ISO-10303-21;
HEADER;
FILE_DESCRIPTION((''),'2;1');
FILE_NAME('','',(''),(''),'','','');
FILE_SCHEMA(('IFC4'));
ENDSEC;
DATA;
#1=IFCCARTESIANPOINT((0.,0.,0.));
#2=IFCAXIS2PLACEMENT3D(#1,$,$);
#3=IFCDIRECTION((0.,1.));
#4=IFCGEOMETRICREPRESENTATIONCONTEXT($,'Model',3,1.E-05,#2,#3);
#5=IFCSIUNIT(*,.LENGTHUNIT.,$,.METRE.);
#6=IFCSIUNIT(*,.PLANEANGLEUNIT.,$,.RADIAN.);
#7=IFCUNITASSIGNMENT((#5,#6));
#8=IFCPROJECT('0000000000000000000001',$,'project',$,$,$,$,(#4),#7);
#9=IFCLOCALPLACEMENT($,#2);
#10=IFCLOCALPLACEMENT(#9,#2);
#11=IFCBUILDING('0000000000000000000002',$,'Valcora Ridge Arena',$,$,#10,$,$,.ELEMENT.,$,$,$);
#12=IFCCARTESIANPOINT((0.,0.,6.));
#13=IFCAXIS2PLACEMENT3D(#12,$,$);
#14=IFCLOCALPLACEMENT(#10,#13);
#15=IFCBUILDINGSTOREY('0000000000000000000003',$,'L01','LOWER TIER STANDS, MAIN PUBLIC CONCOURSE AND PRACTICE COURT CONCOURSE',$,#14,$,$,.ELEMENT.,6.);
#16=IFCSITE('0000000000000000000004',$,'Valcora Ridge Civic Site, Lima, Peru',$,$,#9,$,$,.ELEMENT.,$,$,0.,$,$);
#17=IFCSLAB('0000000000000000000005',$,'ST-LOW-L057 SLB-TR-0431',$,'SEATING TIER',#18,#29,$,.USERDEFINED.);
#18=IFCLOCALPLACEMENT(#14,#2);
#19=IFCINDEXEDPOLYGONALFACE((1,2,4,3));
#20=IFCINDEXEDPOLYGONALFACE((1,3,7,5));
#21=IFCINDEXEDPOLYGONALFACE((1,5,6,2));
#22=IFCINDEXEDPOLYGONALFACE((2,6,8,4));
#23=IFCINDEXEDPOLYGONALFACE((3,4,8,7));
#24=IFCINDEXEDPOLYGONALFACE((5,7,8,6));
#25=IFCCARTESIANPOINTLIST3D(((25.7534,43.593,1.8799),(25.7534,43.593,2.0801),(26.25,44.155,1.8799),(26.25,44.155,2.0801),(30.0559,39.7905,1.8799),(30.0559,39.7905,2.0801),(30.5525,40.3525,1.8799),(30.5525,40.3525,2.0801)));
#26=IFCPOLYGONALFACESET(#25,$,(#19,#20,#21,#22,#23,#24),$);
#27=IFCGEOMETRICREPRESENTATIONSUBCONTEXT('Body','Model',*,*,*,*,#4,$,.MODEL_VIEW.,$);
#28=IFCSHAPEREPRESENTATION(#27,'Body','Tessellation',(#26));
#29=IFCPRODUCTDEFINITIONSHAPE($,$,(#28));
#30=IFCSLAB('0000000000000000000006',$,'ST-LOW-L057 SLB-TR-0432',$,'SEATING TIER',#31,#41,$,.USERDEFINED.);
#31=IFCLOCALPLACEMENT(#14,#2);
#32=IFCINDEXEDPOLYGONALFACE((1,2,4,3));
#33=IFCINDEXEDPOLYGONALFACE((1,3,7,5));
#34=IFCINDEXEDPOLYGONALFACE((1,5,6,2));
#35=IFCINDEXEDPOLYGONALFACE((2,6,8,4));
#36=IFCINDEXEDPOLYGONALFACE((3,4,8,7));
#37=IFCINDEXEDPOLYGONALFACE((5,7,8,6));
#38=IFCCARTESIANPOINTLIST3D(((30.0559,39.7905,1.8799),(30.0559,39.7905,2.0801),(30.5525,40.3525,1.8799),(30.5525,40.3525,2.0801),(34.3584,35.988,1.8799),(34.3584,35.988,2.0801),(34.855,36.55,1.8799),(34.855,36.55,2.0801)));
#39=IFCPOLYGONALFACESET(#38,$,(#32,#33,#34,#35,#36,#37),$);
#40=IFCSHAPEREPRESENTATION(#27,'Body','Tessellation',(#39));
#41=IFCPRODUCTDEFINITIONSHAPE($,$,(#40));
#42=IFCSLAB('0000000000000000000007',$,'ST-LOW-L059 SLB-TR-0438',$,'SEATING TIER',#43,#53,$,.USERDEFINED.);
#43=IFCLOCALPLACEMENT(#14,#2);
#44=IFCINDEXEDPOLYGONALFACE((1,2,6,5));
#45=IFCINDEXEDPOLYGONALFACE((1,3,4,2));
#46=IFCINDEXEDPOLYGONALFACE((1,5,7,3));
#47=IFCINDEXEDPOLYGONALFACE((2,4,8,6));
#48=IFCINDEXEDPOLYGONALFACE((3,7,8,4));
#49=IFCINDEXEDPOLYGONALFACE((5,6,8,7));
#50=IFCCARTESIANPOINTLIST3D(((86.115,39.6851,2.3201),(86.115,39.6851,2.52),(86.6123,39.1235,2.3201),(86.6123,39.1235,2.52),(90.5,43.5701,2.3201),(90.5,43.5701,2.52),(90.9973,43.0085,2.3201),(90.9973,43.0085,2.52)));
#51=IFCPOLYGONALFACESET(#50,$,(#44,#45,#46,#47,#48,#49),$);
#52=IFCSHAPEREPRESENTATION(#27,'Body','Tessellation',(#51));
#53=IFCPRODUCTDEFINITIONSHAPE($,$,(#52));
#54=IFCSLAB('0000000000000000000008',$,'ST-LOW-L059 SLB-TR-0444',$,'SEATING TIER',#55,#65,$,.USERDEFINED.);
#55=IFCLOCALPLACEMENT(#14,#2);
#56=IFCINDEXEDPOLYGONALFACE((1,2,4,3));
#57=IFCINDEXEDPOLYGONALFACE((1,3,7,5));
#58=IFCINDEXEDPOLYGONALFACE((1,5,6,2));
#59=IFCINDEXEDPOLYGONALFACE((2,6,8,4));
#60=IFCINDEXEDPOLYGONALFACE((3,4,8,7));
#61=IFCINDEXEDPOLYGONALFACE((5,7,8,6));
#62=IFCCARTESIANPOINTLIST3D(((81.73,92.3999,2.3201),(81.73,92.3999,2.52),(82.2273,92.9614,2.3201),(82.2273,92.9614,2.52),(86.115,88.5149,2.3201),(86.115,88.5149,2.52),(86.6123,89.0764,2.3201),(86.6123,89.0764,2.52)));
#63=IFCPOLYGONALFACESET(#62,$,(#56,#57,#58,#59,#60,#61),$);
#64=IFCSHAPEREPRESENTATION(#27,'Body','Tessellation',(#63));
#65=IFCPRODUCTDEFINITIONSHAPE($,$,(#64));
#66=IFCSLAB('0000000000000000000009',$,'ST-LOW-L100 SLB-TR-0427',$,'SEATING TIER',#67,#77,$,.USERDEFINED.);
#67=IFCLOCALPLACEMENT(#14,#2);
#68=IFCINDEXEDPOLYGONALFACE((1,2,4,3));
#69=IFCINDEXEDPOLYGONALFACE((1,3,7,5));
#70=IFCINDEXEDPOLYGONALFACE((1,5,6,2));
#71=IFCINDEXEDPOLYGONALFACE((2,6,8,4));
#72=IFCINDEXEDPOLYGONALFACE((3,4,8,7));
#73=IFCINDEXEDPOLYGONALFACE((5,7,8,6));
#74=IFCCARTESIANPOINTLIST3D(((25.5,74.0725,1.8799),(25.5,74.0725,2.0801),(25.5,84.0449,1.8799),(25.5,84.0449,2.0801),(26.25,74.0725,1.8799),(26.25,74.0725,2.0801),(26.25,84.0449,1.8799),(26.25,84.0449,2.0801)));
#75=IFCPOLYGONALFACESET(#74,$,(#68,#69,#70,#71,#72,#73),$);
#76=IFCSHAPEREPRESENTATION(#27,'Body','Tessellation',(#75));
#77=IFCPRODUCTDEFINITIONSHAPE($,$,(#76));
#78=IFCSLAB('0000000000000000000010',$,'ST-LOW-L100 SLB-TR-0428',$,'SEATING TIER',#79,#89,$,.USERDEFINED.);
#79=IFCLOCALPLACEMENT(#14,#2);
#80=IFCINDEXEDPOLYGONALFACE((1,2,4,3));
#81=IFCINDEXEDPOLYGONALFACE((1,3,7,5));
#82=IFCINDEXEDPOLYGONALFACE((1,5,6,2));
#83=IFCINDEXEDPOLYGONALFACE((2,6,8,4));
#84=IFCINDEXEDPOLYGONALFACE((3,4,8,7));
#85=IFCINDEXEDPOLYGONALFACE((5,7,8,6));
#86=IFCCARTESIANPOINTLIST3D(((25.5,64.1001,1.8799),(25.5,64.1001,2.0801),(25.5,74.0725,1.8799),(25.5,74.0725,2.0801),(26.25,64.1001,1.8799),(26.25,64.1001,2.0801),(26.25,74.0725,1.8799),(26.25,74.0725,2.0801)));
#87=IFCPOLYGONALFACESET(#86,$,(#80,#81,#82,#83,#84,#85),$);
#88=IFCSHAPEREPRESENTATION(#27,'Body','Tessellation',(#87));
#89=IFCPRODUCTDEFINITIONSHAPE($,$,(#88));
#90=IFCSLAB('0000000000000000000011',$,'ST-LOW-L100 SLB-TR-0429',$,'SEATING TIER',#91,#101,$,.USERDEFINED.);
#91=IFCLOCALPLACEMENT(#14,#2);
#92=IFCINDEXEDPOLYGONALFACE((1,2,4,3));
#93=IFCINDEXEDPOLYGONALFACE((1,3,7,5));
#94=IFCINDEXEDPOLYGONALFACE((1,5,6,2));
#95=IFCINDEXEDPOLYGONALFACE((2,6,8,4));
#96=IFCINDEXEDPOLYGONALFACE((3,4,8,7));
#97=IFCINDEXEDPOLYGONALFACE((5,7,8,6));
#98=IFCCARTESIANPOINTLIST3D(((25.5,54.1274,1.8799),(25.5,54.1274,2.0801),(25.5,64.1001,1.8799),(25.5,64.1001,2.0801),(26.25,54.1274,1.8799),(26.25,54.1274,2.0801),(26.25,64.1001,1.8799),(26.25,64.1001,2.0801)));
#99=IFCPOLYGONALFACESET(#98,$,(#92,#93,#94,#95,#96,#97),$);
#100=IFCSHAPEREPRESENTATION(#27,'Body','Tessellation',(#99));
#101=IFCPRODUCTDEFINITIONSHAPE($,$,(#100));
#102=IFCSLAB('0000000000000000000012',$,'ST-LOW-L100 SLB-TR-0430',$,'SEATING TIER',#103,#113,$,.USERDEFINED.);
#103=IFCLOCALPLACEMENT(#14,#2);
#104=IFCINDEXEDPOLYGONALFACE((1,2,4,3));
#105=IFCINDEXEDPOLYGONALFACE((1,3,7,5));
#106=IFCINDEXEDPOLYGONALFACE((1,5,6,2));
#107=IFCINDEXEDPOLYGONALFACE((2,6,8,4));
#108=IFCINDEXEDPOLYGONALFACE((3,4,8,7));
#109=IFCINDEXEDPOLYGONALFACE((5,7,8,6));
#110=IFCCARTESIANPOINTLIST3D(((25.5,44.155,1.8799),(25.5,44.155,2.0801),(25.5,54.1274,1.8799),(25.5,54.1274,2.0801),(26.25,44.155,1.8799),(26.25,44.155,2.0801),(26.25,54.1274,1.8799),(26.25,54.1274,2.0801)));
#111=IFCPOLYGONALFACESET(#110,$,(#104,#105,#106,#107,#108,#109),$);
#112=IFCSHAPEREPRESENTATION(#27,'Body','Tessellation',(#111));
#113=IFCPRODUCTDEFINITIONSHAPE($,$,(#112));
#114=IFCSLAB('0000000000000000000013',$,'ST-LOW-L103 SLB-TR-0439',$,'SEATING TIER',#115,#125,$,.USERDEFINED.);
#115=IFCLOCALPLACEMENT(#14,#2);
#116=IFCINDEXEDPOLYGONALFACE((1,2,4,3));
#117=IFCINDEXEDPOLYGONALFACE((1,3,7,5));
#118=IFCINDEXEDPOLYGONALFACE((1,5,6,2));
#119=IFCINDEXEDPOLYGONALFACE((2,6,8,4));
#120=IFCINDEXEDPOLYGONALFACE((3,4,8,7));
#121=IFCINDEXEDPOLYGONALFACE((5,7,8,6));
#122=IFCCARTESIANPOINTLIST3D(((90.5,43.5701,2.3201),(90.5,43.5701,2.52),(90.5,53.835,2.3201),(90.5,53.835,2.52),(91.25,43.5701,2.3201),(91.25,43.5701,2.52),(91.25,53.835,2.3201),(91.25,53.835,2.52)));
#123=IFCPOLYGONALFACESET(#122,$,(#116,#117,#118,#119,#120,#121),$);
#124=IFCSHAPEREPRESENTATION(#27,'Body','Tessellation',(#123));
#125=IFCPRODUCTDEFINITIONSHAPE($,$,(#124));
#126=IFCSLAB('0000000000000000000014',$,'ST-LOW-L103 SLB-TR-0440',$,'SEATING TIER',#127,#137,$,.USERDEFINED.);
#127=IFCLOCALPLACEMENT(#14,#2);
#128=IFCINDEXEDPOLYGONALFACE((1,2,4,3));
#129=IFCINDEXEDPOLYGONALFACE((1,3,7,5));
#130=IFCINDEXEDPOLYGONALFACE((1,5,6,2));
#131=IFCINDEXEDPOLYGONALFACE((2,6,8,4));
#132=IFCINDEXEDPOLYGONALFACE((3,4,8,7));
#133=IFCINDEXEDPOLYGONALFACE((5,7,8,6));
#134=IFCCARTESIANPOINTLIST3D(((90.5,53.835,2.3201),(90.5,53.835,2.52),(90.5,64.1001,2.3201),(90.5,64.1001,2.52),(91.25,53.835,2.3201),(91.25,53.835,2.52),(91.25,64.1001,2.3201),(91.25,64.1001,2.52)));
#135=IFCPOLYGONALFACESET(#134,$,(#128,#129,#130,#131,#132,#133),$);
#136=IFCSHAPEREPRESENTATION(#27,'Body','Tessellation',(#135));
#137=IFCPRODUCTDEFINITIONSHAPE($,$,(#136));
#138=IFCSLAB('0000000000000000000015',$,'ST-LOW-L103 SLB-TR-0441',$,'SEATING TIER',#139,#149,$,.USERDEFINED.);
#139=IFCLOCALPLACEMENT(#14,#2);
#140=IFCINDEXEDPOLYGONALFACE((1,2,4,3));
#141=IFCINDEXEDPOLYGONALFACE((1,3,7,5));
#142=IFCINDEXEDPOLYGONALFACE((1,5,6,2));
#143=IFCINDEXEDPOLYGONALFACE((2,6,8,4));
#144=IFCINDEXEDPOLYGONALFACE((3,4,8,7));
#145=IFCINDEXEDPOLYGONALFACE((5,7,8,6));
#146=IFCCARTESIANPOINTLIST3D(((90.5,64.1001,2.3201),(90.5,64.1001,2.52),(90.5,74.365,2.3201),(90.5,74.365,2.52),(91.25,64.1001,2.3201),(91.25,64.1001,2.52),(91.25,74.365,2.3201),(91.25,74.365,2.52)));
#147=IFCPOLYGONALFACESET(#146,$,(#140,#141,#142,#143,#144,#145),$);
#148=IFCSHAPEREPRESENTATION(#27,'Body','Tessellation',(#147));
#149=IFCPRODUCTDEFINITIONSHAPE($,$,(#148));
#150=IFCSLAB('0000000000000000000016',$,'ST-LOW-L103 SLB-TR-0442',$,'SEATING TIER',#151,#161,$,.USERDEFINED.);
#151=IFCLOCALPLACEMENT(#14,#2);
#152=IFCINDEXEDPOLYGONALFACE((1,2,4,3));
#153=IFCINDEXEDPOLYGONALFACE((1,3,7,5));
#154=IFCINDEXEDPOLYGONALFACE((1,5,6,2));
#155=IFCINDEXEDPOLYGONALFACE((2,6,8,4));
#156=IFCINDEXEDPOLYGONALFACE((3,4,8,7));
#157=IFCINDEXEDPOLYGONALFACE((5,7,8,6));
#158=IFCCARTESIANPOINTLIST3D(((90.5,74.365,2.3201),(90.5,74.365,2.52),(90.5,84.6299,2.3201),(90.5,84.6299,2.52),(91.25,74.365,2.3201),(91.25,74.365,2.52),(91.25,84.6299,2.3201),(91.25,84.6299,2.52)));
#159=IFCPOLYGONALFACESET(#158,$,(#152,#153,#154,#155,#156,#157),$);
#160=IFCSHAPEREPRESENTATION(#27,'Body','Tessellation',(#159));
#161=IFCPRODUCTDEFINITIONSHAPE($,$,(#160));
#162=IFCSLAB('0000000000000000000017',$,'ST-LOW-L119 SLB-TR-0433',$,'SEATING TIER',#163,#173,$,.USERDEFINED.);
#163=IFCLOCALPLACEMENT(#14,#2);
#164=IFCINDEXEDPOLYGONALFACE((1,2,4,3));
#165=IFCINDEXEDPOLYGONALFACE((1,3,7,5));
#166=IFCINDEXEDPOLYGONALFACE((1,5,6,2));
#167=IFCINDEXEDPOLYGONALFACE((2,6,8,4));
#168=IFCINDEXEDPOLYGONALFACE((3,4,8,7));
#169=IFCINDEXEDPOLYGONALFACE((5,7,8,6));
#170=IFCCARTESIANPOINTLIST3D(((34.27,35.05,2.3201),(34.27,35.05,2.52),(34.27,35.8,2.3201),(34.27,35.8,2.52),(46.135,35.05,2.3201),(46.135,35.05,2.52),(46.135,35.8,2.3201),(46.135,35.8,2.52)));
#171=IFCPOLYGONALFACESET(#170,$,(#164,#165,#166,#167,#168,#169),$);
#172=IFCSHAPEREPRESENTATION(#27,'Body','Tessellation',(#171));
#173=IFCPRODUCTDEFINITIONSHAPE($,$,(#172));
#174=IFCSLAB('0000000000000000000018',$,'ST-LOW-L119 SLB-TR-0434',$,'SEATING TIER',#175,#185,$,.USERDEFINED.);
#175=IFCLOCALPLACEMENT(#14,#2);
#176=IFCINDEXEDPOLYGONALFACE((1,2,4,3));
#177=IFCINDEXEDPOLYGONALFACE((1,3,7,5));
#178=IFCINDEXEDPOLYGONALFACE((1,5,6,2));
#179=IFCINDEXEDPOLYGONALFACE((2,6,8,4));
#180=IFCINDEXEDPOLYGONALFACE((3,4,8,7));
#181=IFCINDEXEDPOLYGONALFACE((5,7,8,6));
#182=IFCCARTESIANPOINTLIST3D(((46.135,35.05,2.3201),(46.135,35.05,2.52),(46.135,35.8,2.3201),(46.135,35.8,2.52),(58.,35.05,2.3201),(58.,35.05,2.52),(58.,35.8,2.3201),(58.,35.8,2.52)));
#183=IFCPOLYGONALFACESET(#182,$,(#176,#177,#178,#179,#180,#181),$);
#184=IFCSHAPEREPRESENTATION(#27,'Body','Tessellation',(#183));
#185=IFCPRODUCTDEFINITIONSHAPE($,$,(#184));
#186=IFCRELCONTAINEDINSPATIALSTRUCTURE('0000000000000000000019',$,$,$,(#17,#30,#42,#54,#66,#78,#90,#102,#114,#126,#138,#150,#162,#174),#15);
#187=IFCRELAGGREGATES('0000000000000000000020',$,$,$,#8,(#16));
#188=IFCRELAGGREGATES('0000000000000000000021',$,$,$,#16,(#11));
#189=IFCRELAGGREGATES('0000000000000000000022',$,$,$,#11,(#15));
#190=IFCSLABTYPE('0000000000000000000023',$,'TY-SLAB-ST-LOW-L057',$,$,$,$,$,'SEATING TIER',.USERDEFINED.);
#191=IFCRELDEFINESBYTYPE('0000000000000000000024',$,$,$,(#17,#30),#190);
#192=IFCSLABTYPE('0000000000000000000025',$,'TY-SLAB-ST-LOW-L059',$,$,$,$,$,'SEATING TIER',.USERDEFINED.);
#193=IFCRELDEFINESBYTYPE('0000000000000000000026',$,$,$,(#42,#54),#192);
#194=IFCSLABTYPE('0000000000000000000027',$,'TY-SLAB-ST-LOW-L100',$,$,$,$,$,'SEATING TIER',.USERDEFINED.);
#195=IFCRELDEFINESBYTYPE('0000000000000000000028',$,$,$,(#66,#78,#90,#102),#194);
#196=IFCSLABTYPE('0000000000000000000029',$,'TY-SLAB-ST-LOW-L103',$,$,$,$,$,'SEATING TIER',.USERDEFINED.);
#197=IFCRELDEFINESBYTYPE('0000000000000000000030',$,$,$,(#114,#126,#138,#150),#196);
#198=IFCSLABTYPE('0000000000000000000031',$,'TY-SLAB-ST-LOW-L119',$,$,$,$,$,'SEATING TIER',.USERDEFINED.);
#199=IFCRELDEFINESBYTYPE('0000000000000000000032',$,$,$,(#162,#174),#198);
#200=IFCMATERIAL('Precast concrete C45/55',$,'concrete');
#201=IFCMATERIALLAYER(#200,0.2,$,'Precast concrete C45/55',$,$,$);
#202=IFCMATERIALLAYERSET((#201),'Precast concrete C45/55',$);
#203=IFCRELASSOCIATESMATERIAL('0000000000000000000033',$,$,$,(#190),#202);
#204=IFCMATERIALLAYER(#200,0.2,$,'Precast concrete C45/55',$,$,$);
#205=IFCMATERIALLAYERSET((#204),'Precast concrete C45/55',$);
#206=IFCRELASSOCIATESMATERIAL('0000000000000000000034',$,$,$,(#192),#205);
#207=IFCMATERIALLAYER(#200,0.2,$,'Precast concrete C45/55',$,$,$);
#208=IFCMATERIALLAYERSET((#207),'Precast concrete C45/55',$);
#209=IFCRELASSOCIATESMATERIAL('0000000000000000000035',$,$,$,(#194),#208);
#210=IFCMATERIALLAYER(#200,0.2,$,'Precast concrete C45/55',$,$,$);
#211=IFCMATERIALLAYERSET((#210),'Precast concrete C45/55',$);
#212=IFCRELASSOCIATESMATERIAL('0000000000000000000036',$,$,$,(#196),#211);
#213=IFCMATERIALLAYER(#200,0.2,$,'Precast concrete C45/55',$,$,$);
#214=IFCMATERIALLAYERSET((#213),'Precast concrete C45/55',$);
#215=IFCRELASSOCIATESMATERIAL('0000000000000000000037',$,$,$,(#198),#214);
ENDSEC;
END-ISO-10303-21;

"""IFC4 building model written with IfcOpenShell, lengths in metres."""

from ifc_helpers import new_model, si_unit, direction, frame, origin, place, context, subcontext, project, spatial, polyline, outline, extrude, material, layer, layer_set, type_object, element, save


model = new_model("IFC4")

# Units and contexts
model_context = context("Model", 3, precision=1e-05, world=origin(), true_north=direction((0.0, 1.0)))
body_context = subcontext(model_context, "Body", "Model", "MODEL_VIEW")
ifc_project = project(units=[si_unit("LENGTHUNIT", "METRE"), si_unit("PLANEANGLEUNIT", "RADIAN")], contexts=[model_context])

# Site, building, storey
site_placement = place(None, origin())
site = spatial("IfcSite", under=ifc_project, at=site_placement, Name="Valcora Ridge Civic Site, Lima, Peru", CompositionType="ELEMENT", RefElevation=0.0)
building_placement = place(site_placement, origin())
building = spatial("IfcBuilding", under=site, at=building_placement, Name="Valcora Ridge Arena", CompositionType="ELEMENT")
storey_placement = place(building_placement, frame((0.0, 0.0, 6.0)))
storey = spatial("IfcBuildingStorey", under=building, at=storey_placement, Name="L01", Description="LOWER TIER STANDS, MAIN PUBLIC CONCOURSE AND PRACTICE COURT CONCOURSE", CompositionType="ELEMENT", Elevation=6.0)

# Slabs
ifc_material = material(Name="Precast concrete C45/55", Category="concrete")
ifc_layer_1 = layer(ifc_material, 0.2, Name="Precast concrete C45/55")
ifc_layer_set_1 = layer_set([ifc_layer_1], Name="Precast concrete C45/55")
slab_type_1 = type_object("IfcSlabType", Name="TY-SLAB-ST-LOW-L057", ElementType="SEATING TIER", PredefinedType="USERDEFINED", material=ifc_layer_set_1)
slab_1_placement = place(storey_placement, frame((0.0, 0.0, 1.8799)))
element("IfcSlab", 1, at=slab_1_placement, inside=storey, type_object=slab_type_1, Name="ST-LOW-L057 SLB-TR-0431", ObjectType="SEATING TIER", PredefinedType="USERDEFINED", context=body_context, shape_type="SweptSolid", body=[
    extrude(outline(polyline([(26.25, 44.155), (30.5525, 40.3525), (30.0559, 39.7905), (25.7534, 43.593), (26.25, 44.155)])), origin(), (0.0, 0.0, 1.0), 0.2002),
])
slab_2_placement = place(storey_placement, frame((0.0, 0.0, 1.8799)))
element("IfcSlab", 2, at=slab_2_placement, inside=storey, type_object=slab_type_1, Name="ST-LOW-L057 SLB-TR-0432", ObjectType="SEATING TIER", PredefinedType="USERDEFINED", context=body_context, shape_type="SweptSolid", body=[
    extrude(outline(polyline([(30.5525, 40.3525), (34.855, 36.55), (34.3584, 35.988), (30.0559, 39.7905), (30.5525, 40.3525)])), origin(), (0.0, 0.0, 1.0), 0.2002),
])
ifc_layer_2 = layer(ifc_material, 0.2, Name="Precast concrete C45/55")
ifc_layer_set_2 = layer_set([ifc_layer_2], Name="Precast concrete C45/55")
slab_type_2 = type_object("IfcSlabType", Name="TY-SLAB-ST-LOW-L059", ElementType="SEATING TIER", PredefinedType="USERDEFINED", material=ifc_layer_set_2)
slab_3_placement = place(storey_placement, frame((0.0, 0.0, 2.3201)))
element("IfcSlab", 3, at=slab_3_placement, inside=storey, type_object=slab_type_2, Name="ST-LOW-L059 SLB-TR-0438", ObjectType="SEATING TIER", PredefinedType="USERDEFINED", context=body_context, shape_type="SweptSolid", body=[
    extrude(outline(polyline([(86.115, 39.6851), (90.5, 43.5701), (90.9973, 43.0085), (86.6123, 39.1235), (86.115, 39.6851)])), origin(), (0.0, 0.0, 1.0), 0.2),
])
slab_4_placement = place(storey_placement, frame((0.0, 0.0, 2.3201)))
element("IfcSlab", 4, at=slab_4_placement, inside=storey, type_object=slab_type_2, Name="ST-LOW-L059 SLB-TR-0444", ObjectType="SEATING TIER", PredefinedType="USERDEFINED", context=body_context, shape_type="SweptSolid", body=[
    extrude(outline(polyline([(86.115, 88.5149), (81.73, 92.3999), (82.2273, 92.9614), (86.6123, 89.0764), (86.115, 88.5149)])), origin(), (0.0, 0.0, 1.0), 0.2),
])
ifc_layer_3 = layer(ifc_material, 0.2, Name="Precast concrete C45/55")
ifc_layer_set_3 = layer_set([ifc_layer_3], Name="Precast concrete C45/55")
slab_type_3 = type_object("IfcSlabType", Name="TY-SLAB-ST-LOW-L100", ElementType="SEATING TIER", PredefinedType="USERDEFINED", material=ifc_layer_set_3)
slab_5_placement = place(storey_placement, frame((0.0, 0.0, 1.8799)))
element("IfcSlab", 5, at=slab_5_placement, inside=storey, type_object=slab_type_3, Name="ST-LOW-L100 SLB-TR-0427", ObjectType="SEATING TIER", PredefinedType="USERDEFINED", context=body_context, shape_type="SweptSolid", body=[
    extrude(outline(polyline([(26.25, 84.0449), (26.25, 74.0725), (25.5, 74.0725), (25.5, 84.0449), (26.25, 84.0449)])), origin(), (0.0, 0.0, 1.0), 0.2002),
])
slab_6_placement = place(storey_placement, frame((0.0, 0.0, 1.8799)))
element("IfcSlab", 6, at=slab_6_placement, inside=storey, type_object=slab_type_3, Name="ST-LOW-L100 SLB-TR-0428", ObjectType="SEATING TIER", PredefinedType="USERDEFINED", context=body_context, shape_type="SweptSolid", body=[
    extrude(outline(polyline([(26.25, 74.0725), (26.25, 64.1001), (25.5, 64.1001), (25.5, 74.0725), (26.25, 74.0725)])), origin(), (0.0, 0.0, 1.0), 0.2002),
])
slab_7_placement = place(storey_placement, frame((0.0, 0.0, 1.8799)))
element("IfcSlab", 7, at=slab_7_placement, inside=storey, type_object=slab_type_3, Name="ST-LOW-L100 SLB-TR-0429", ObjectType="SEATING TIER", PredefinedType="USERDEFINED", context=body_context, shape_type="SweptSolid", body=[
    extrude(outline(polyline([(26.25, 64.1001), (26.25, 54.1274), (25.5, 54.1274), (25.5, 64.1001), (26.25, 64.1001)])), origin(), (0.0, 0.0, 1.0), 0.2002),
])
slab_8_placement = place(storey_placement, frame((0.0, 0.0, 1.8799)))
element("IfcSlab", 8, at=slab_8_placement, inside=storey, type_object=slab_type_3, Name="ST-LOW-L100 SLB-TR-0430", ObjectType="SEATING TIER", PredefinedType="USERDEFINED", context=body_context, shape_type="SweptSolid", body=[
    extrude(outline(polyline([(26.25, 54.1274), (26.25, 44.155), (25.5, 44.155), (25.5, 54.1274), (26.25, 54.1274)])), origin(), (0.0, 0.0, 1.0), 0.2002),
])
ifc_layer_4 = layer(ifc_material, 0.2, Name="Precast concrete C45/55")
ifc_layer_set_4 = layer_set([ifc_layer_4], Name="Precast concrete C45/55")
slab_type_4 = type_object("IfcSlabType", Name="TY-SLAB-ST-LOW-L103", ElementType="SEATING TIER", PredefinedType="USERDEFINED", material=ifc_layer_set_4)
slab_9_placement = place(storey_placement, frame((0.0, 0.0, 2.3201)))
element("IfcSlab", 9, at=slab_9_placement, inside=storey, type_object=slab_type_4, Name="ST-LOW-L103 SLB-TR-0439", ObjectType="SEATING TIER", PredefinedType="USERDEFINED", context=body_context, shape_type="SweptSolid", body=[
    extrude(outline(polyline([(90.5, 43.5701), (90.5, 53.835), (91.25, 53.835), (91.25, 43.5701), (90.5, 43.5701)])), origin(), (0.0, 0.0, 1.0), 0.2),
])
slab_10_placement = place(storey_placement, frame((0.0, 0.0, 2.3201)))
element("IfcSlab", 10, at=slab_10_placement, inside=storey, type_object=slab_type_4, Name="ST-LOW-L103 SLB-TR-0440", ObjectType="SEATING TIER", PredefinedType="USERDEFINED", context=body_context, shape_type="SweptSolid", body=[
    extrude(outline(polyline([(90.5, 53.835), (90.5, 64.1001), (91.25, 64.1001), (91.25, 53.835), (90.5, 53.835)])), origin(), (0.0, 0.0, 1.0), 0.2),
])
slab_11_placement = place(storey_placement, frame((0.0, 0.0, 2.3201)))
element("IfcSlab", 11, at=slab_11_placement, inside=storey, type_object=slab_type_4, Name="ST-LOW-L103 SLB-TR-0441", ObjectType="SEATING TIER", PredefinedType="USERDEFINED", context=body_context, shape_type="SweptSolid", body=[
    extrude(outline(polyline([(90.5, 64.1001), (90.5, 74.365), (91.25, 74.365), (91.25, 64.1001), (90.5, 64.1001)])), origin(), (0.0, 0.0, 1.0), 0.2),
])
slab_12_placement = place(storey_placement, frame((0.0, 0.0, 2.3201)))
element("IfcSlab", 12, at=slab_12_placement, inside=storey, type_object=slab_type_4, Name="ST-LOW-L103 SLB-TR-0442", ObjectType="SEATING TIER", PredefinedType="USERDEFINED", context=body_context, shape_type="SweptSolid", body=[
    extrude(outline(polyline([(90.5, 74.365), (90.5, 84.6299), (91.25, 84.6299), (91.25, 74.365), (90.5, 74.365)])), origin(), (0.0, 0.0, 1.0), 0.2),
])
ifc_layer_5 = layer(ifc_material, 0.2, Name="Precast concrete C45/55")
ifc_layer_set_5 = layer_set([ifc_layer_5], Name="Precast concrete C45/55")
slab_type_5 = type_object("IfcSlabType", Name="TY-SLAB-ST-LOW-L119", ElementType="SEATING TIER", PredefinedType="USERDEFINED", material=ifc_layer_set_5)
slab_13_placement = place(storey_placement, frame((0.0, 0.0, 2.3201)))
element("IfcSlab", 13, at=slab_13_placement, inside=storey, type_object=slab_type_5, Name="ST-LOW-L119 SLB-TR-0433", ObjectType="SEATING TIER", PredefinedType="USERDEFINED", context=body_context, shape_type="SweptSolid", body=[
    extrude(outline(polyline([(34.27, 35.8), (46.135, 35.8), (46.135, 35.05), (34.27, 35.05), (34.27, 35.8)])), origin(), (0.0, 0.0, 1.0), 0.2),
])
slab_14_placement = place(storey_placement, frame((0.0, 0.0, 2.3201)))
element("IfcSlab", 14, at=slab_14_placement, inside=storey, type_object=slab_type_5, Name="ST-LOW-L119 SLB-TR-0434", ObjectType="SEATING TIER", PredefinedType="USERDEFINED", context=body_context, shape_type="SweptSolid", body=[
    extrude(outline(polyline([(46.135, 35.8), (58.0, 35.8), (58.0, 35.05), (46.135, 35.05), (46.135, 35.8)])), origin(), (0.0, 0.0, 1.0), 0.2),
])

save(model, "model.ifc")
